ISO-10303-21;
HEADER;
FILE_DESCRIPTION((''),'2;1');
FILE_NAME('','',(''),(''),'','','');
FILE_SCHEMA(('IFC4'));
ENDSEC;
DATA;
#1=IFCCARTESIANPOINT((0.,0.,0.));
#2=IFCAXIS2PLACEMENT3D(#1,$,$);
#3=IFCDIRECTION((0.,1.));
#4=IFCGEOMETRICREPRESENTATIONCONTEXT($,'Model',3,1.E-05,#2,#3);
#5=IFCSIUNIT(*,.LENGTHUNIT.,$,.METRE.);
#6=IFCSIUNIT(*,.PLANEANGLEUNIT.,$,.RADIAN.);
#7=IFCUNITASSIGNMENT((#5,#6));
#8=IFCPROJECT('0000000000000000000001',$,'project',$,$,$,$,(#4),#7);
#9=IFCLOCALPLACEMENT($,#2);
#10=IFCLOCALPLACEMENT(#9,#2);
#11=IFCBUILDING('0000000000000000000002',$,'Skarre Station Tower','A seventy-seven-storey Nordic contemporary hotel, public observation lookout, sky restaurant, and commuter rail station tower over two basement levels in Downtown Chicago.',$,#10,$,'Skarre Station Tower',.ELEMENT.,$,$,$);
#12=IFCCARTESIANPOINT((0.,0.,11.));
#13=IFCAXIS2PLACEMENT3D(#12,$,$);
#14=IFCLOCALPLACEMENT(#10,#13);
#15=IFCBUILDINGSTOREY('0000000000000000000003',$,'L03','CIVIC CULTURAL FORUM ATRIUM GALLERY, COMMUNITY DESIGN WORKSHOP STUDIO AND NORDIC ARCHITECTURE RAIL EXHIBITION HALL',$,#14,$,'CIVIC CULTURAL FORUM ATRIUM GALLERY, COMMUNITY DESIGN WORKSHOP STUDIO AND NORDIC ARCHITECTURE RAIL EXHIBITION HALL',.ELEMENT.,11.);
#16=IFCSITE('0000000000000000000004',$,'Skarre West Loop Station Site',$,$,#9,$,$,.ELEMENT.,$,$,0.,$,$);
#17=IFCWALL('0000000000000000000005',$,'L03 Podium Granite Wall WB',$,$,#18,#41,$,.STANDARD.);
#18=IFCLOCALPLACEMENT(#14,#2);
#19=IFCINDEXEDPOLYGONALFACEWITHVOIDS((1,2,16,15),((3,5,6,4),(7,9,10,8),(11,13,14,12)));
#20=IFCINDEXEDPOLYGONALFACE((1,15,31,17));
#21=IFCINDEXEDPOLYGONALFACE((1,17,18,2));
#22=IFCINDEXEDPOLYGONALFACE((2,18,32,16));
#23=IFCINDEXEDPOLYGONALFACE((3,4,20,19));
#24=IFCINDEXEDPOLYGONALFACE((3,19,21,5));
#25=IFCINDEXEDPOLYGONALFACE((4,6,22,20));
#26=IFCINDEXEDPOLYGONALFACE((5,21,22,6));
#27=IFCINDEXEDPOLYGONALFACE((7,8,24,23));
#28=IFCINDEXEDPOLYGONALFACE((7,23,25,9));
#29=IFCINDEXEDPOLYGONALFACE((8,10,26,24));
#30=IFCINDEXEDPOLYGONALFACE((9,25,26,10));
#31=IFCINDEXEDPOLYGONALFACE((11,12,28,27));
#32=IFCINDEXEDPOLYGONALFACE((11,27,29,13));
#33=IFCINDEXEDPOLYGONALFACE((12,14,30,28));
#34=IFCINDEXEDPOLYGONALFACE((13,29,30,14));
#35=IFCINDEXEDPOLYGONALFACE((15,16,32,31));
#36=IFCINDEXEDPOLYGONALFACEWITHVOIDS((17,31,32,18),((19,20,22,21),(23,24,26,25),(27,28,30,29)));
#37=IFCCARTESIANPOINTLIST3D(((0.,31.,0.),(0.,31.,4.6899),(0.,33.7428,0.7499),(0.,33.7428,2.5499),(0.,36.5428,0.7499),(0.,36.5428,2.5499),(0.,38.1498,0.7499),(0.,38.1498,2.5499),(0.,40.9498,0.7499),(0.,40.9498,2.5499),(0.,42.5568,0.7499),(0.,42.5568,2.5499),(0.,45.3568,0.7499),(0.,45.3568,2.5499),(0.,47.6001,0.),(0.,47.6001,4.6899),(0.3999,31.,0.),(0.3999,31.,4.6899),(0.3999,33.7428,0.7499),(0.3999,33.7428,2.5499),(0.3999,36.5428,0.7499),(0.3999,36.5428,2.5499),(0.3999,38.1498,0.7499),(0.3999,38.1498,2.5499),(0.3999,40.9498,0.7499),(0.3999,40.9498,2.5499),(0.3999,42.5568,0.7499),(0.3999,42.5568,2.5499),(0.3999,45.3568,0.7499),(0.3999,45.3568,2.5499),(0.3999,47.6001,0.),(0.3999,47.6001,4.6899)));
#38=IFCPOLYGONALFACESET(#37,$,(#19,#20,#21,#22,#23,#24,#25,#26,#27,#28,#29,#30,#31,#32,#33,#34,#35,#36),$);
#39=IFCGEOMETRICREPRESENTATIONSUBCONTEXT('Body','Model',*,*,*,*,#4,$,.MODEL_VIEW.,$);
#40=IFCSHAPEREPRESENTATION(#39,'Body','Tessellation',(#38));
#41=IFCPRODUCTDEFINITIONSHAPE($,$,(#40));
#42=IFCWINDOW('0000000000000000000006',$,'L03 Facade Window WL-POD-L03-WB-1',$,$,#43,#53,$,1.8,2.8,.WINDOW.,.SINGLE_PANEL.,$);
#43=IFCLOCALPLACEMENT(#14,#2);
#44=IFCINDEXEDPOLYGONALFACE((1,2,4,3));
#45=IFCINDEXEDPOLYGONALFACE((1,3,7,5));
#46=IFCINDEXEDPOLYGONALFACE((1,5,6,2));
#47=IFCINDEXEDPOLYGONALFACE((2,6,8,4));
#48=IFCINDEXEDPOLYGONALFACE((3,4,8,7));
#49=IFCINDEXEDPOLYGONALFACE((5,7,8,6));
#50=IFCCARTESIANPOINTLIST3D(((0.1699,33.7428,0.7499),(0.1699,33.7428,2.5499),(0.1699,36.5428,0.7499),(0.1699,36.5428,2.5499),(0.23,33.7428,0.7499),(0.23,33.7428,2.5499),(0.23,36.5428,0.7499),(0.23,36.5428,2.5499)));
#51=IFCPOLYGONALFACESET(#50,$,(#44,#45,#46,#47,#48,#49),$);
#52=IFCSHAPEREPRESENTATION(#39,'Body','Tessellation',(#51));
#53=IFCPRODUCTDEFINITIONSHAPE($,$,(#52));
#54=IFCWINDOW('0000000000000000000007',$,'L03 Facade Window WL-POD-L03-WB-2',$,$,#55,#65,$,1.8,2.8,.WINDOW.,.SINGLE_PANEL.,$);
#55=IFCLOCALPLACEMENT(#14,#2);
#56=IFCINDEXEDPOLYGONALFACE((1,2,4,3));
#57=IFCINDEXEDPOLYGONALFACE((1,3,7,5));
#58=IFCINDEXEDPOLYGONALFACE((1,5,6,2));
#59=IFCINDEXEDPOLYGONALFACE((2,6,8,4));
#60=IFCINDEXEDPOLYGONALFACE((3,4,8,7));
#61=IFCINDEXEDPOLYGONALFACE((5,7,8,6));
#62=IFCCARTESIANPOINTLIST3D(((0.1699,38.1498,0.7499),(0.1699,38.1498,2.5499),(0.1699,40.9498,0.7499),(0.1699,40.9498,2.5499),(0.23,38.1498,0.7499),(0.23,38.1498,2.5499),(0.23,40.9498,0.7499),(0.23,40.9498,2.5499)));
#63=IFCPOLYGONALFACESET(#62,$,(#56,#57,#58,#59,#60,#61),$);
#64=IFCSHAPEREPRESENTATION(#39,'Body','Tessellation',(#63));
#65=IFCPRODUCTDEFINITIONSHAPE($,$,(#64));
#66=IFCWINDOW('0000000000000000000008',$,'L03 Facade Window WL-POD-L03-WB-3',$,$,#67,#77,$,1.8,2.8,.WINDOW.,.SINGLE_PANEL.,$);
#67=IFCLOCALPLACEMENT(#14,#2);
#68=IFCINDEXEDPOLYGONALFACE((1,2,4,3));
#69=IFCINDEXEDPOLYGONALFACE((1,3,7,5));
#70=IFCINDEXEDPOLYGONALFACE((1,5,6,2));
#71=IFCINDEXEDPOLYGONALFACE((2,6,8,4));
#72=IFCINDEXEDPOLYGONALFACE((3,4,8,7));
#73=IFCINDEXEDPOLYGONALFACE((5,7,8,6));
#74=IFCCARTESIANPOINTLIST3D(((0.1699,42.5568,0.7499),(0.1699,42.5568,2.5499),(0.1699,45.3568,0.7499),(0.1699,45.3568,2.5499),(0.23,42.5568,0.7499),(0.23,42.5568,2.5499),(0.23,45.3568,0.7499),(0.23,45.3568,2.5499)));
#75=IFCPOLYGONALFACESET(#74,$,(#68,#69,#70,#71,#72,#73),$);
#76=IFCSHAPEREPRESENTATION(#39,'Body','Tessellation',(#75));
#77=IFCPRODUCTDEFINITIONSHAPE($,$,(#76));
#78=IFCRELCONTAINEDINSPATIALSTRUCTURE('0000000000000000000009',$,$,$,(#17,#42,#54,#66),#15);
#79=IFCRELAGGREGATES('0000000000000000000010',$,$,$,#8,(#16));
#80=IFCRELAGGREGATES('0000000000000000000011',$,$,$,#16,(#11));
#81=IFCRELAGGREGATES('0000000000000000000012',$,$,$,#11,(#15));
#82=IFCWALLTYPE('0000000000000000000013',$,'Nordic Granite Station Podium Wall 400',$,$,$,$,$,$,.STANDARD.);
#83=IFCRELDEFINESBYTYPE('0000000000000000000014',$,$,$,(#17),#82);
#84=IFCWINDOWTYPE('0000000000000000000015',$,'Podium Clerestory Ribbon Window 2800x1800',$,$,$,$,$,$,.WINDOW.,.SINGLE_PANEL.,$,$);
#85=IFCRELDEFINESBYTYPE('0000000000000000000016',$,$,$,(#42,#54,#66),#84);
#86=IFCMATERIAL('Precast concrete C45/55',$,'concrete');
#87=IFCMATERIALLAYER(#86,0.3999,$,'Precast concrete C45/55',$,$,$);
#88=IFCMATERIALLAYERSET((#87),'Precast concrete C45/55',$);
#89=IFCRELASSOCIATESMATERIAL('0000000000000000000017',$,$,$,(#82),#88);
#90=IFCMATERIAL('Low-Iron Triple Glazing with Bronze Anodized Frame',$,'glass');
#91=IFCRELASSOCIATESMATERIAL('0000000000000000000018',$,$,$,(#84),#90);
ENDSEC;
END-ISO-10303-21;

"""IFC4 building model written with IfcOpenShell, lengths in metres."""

from ifc_helpers import new_model, si_unit, direction, frame, frame_2d, origin, place, context, subcontext, project, spatial, rectangle, extrude, material, layer, layer_set, type_object, element, fill, save


model = new_model("IFC4")

# Units and contexts
model_context = context("Model", 3, precision=1e-05, world=origin(), true_north=direction((0.0, 1.0)))
body_context = subcontext(model_context, "Body", "Model", "MODEL_VIEW")
ifc_project = project(units=[si_unit("LENGTHUNIT", "METRE"), si_unit("PLANEANGLEUNIT", "RADIAN")], contexts=[model_context])

# Site, building, storey
site_placement = place(None, origin())
site = spatial("IfcSite", under=ifc_project, at=site_placement, Name="Skarre West Loop Station Site", CompositionType="ELEMENT", RefElevation=0.0)
building_placement = place(site_placement, origin())
building = spatial("IfcBuilding", under=site, at=building_placement, Name="Skarre Station Tower", Description="A seventy-seven-storey Nordic contemporary hotel, public observation lookout, sky restaurant, and commuter rail station tower over two basement levels in Downtown Chicago.", LongName="Skarre Station Tower", CompositionType="ELEMENT")
storey_placement = place(building_placement, frame((0.0, 0.0, 11.0)))
storey = spatial("IfcBuildingStorey", under=building, at=storey_placement, Name="L03", Description="CIVIC CULTURAL FORUM ATRIUM GALLERY, COMMUNITY DESIGN WORKSHOP STUDIO AND NORDIC ARCHITECTURE RAIL EXHIBITION HALL", LongName="CIVIC CULTURAL FORUM ATRIUM GALLERY, COMMUNITY DESIGN WORKSHOP STUDIO AND NORDIC ARCHITECTURE RAIL EXHIBITION HALL", CompositionType="ELEMENT", Elevation=11.0)

# Wall, openings, windows
ifc_material_1 = material(Name="Precast concrete C45/55", Category="concrete")
ifc_layer_1 = layer(ifc_material_1, 0.3999, Name="Precast concrete C45/55")
ifc_layer_set_1 = layer_set([ifc_layer_1], Name="Precast concrete C45/55")
wall_type = type_object("IfcWallType", Name="Nordic Granite Station Podium Wall 400", PredefinedType="STANDARD", material=ifc_layer_set_1)
ifc_material_2 = material(Name="Low-Iron Triple Glazing with Bronze Anodized Frame", Category="glass")
window_type_1 = type_object("IfcWindowType", Name="Podium Clerestory Ribbon Window 2800x1800", PartitioningType="SINGLE_PANEL", PredefinedType="WINDOW", material=ifc_material_2)
wall_1_placement = place(storey_placement, frame((0.2, 31.0, 0.0), z_axis=(0.0, 0.0, 1.0), x_axis=(0.0, 1.0, 0.0)))
wall_1 = element("IfcWall", 1, at=wall_1_placement, inside=storey, type_object=wall_type, Name="L03 Podium Granite Wall WB", PredefinedType="STANDARD", context=body_context, shape_type="SweptSolid", body=[
    extrude(rectangle(XDim=16.6001, YDim=0.3999, at=frame_2d((8.3, 0.0))), origin(), (0.0, 0.0, 1.0), 4.6899),
])
opening_1_placement = place(wall_1_placement, frame((2.7429, 0.0, 0.75)))
opening_1 = element("IfcOpeningElement", 2, at=opening_1_placement, cuts=wall_1, PredefinedType="OPENING", context=body_context, shape_type="SweptSolid", body=[
    extrude(rectangle(XDim=2.8, YDim=1.8, at=frame_2d((1.3999, 0.8999))), frame((0.0, 0.21, 0.0), z_axis=(0.0, -1.0, 0.0), x_axis=(1.0, 0.0, 0.0)), (0.0, 0.0, 1.0), 0.4199),
])
opening_2_placement = place(wall_1_placement, frame((7.1499, 0.0, 0.75)))
opening_2 = element("IfcOpeningElement", 3, at=opening_2_placement, cuts=wall_1, PredefinedType="OPENING", context=body_context, shape_type="SweptSolid", body=[
    extrude(rectangle(XDim=2.8, YDim=1.8, at=frame_2d((1.3999, 0.8999))), frame((0.0, 0.21, 0.0), z_axis=(0.0, -1.0, 0.0), x_axis=(1.0, 0.0, 0.0)), (0.0, 0.0, 1.0), 0.4199),
])
opening_3_placement = place(wall_1_placement, frame((11.5569, 0.0, 0.75)))
opening_3 = element("IfcOpeningElement", 4, at=opening_3_placement, cuts=wall_1, PredefinedType="OPENING", context=body_context, shape_type="SweptSolid", body=[
    extrude(rectangle(XDim=2.8, YDim=1.8, at=frame_2d((1.3999, 0.8999))), frame((0.0, 0.21, 0.0), z_axis=(0.0, -1.0, 0.0), x_axis=(1.0, 0.0, 0.0)), (0.0, 0.0, 1.0), 0.4199),
])
window_1_placement = place(opening_1_placement, origin())
window_1 = element("IfcWindow", 5, at=window_1_placement, inside=storey, type_object=window_type_1, Name="L03 Facade Window WL-POD-L03-WB-1", OverallHeight=1.8, OverallWidth=2.8, PartitioningType="SINGLE_PANEL", PredefinedType="WINDOW", context=body_context, shape_type="SweptSolid", body=[
    extrude(rectangle(XDim=2.8, YDim=1.8, at=frame_2d((1.3999, 0.8999))), frame((0.0, 0.03, 0.0), z_axis=(0.0, -1.0, 0.0), x_axis=(1.0, 0.0, 0.0)), (0.0, 0.0, 1.0), 0.0601),
])
fill(opening_1, window_1)
window_2_placement = place(opening_2_placement, origin())
window_2 = element("IfcWindow", 6, at=window_2_placement, inside=storey, type_object=window_type_1, Name="L03 Facade Window WL-POD-L03-WB-2", OverallHeight=1.8, OverallWidth=2.8, PartitioningType="SINGLE_PANEL", PredefinedType="WINDOW", context=body_context, shape_type="SweptSolid", body=[
    extrude(rectangle(XDim=2.8, YDim=1.8, at=frame_2d((1.3999, 0.8999))), frame((0.0, 0.03, 0.0), z_axis=(0.0, -1.0, 0.0), x_axis=(1.0, 0.0, 0.0)), (0.0, 0.0, 1.0), 0.0601),
])
fill(opening_2, window_2)
window_3_placement = place(opening_3_placement, origin())
window_3 = element("IfcWindow", 7, at=window_3_placement, inside=storey, type_object=window_type_1, Name="L03 Facade Window WL-POD-L03-WB-3", OverallHeight=1.8, OverallWidth=2.8, PartitioningType="SINGLE_PANEL", PredefinedType="WINDOW", context=body_context, shape_type="SweptSolid", body=[
    extrude(rectangle(XDim=2.8, YDim=1.8, at=frame_2d((1.3999, 0.8999))), frame((0.0, 0.03, 0.0), z_axis=(0.0, -1.0, 0.0), x_axis=(1.0, 0.0, 0.0)), (0.0, 0.0, 1.0), 0.0601),
])
fill(opening_3, window_3)

save(model, "model.ifc")
